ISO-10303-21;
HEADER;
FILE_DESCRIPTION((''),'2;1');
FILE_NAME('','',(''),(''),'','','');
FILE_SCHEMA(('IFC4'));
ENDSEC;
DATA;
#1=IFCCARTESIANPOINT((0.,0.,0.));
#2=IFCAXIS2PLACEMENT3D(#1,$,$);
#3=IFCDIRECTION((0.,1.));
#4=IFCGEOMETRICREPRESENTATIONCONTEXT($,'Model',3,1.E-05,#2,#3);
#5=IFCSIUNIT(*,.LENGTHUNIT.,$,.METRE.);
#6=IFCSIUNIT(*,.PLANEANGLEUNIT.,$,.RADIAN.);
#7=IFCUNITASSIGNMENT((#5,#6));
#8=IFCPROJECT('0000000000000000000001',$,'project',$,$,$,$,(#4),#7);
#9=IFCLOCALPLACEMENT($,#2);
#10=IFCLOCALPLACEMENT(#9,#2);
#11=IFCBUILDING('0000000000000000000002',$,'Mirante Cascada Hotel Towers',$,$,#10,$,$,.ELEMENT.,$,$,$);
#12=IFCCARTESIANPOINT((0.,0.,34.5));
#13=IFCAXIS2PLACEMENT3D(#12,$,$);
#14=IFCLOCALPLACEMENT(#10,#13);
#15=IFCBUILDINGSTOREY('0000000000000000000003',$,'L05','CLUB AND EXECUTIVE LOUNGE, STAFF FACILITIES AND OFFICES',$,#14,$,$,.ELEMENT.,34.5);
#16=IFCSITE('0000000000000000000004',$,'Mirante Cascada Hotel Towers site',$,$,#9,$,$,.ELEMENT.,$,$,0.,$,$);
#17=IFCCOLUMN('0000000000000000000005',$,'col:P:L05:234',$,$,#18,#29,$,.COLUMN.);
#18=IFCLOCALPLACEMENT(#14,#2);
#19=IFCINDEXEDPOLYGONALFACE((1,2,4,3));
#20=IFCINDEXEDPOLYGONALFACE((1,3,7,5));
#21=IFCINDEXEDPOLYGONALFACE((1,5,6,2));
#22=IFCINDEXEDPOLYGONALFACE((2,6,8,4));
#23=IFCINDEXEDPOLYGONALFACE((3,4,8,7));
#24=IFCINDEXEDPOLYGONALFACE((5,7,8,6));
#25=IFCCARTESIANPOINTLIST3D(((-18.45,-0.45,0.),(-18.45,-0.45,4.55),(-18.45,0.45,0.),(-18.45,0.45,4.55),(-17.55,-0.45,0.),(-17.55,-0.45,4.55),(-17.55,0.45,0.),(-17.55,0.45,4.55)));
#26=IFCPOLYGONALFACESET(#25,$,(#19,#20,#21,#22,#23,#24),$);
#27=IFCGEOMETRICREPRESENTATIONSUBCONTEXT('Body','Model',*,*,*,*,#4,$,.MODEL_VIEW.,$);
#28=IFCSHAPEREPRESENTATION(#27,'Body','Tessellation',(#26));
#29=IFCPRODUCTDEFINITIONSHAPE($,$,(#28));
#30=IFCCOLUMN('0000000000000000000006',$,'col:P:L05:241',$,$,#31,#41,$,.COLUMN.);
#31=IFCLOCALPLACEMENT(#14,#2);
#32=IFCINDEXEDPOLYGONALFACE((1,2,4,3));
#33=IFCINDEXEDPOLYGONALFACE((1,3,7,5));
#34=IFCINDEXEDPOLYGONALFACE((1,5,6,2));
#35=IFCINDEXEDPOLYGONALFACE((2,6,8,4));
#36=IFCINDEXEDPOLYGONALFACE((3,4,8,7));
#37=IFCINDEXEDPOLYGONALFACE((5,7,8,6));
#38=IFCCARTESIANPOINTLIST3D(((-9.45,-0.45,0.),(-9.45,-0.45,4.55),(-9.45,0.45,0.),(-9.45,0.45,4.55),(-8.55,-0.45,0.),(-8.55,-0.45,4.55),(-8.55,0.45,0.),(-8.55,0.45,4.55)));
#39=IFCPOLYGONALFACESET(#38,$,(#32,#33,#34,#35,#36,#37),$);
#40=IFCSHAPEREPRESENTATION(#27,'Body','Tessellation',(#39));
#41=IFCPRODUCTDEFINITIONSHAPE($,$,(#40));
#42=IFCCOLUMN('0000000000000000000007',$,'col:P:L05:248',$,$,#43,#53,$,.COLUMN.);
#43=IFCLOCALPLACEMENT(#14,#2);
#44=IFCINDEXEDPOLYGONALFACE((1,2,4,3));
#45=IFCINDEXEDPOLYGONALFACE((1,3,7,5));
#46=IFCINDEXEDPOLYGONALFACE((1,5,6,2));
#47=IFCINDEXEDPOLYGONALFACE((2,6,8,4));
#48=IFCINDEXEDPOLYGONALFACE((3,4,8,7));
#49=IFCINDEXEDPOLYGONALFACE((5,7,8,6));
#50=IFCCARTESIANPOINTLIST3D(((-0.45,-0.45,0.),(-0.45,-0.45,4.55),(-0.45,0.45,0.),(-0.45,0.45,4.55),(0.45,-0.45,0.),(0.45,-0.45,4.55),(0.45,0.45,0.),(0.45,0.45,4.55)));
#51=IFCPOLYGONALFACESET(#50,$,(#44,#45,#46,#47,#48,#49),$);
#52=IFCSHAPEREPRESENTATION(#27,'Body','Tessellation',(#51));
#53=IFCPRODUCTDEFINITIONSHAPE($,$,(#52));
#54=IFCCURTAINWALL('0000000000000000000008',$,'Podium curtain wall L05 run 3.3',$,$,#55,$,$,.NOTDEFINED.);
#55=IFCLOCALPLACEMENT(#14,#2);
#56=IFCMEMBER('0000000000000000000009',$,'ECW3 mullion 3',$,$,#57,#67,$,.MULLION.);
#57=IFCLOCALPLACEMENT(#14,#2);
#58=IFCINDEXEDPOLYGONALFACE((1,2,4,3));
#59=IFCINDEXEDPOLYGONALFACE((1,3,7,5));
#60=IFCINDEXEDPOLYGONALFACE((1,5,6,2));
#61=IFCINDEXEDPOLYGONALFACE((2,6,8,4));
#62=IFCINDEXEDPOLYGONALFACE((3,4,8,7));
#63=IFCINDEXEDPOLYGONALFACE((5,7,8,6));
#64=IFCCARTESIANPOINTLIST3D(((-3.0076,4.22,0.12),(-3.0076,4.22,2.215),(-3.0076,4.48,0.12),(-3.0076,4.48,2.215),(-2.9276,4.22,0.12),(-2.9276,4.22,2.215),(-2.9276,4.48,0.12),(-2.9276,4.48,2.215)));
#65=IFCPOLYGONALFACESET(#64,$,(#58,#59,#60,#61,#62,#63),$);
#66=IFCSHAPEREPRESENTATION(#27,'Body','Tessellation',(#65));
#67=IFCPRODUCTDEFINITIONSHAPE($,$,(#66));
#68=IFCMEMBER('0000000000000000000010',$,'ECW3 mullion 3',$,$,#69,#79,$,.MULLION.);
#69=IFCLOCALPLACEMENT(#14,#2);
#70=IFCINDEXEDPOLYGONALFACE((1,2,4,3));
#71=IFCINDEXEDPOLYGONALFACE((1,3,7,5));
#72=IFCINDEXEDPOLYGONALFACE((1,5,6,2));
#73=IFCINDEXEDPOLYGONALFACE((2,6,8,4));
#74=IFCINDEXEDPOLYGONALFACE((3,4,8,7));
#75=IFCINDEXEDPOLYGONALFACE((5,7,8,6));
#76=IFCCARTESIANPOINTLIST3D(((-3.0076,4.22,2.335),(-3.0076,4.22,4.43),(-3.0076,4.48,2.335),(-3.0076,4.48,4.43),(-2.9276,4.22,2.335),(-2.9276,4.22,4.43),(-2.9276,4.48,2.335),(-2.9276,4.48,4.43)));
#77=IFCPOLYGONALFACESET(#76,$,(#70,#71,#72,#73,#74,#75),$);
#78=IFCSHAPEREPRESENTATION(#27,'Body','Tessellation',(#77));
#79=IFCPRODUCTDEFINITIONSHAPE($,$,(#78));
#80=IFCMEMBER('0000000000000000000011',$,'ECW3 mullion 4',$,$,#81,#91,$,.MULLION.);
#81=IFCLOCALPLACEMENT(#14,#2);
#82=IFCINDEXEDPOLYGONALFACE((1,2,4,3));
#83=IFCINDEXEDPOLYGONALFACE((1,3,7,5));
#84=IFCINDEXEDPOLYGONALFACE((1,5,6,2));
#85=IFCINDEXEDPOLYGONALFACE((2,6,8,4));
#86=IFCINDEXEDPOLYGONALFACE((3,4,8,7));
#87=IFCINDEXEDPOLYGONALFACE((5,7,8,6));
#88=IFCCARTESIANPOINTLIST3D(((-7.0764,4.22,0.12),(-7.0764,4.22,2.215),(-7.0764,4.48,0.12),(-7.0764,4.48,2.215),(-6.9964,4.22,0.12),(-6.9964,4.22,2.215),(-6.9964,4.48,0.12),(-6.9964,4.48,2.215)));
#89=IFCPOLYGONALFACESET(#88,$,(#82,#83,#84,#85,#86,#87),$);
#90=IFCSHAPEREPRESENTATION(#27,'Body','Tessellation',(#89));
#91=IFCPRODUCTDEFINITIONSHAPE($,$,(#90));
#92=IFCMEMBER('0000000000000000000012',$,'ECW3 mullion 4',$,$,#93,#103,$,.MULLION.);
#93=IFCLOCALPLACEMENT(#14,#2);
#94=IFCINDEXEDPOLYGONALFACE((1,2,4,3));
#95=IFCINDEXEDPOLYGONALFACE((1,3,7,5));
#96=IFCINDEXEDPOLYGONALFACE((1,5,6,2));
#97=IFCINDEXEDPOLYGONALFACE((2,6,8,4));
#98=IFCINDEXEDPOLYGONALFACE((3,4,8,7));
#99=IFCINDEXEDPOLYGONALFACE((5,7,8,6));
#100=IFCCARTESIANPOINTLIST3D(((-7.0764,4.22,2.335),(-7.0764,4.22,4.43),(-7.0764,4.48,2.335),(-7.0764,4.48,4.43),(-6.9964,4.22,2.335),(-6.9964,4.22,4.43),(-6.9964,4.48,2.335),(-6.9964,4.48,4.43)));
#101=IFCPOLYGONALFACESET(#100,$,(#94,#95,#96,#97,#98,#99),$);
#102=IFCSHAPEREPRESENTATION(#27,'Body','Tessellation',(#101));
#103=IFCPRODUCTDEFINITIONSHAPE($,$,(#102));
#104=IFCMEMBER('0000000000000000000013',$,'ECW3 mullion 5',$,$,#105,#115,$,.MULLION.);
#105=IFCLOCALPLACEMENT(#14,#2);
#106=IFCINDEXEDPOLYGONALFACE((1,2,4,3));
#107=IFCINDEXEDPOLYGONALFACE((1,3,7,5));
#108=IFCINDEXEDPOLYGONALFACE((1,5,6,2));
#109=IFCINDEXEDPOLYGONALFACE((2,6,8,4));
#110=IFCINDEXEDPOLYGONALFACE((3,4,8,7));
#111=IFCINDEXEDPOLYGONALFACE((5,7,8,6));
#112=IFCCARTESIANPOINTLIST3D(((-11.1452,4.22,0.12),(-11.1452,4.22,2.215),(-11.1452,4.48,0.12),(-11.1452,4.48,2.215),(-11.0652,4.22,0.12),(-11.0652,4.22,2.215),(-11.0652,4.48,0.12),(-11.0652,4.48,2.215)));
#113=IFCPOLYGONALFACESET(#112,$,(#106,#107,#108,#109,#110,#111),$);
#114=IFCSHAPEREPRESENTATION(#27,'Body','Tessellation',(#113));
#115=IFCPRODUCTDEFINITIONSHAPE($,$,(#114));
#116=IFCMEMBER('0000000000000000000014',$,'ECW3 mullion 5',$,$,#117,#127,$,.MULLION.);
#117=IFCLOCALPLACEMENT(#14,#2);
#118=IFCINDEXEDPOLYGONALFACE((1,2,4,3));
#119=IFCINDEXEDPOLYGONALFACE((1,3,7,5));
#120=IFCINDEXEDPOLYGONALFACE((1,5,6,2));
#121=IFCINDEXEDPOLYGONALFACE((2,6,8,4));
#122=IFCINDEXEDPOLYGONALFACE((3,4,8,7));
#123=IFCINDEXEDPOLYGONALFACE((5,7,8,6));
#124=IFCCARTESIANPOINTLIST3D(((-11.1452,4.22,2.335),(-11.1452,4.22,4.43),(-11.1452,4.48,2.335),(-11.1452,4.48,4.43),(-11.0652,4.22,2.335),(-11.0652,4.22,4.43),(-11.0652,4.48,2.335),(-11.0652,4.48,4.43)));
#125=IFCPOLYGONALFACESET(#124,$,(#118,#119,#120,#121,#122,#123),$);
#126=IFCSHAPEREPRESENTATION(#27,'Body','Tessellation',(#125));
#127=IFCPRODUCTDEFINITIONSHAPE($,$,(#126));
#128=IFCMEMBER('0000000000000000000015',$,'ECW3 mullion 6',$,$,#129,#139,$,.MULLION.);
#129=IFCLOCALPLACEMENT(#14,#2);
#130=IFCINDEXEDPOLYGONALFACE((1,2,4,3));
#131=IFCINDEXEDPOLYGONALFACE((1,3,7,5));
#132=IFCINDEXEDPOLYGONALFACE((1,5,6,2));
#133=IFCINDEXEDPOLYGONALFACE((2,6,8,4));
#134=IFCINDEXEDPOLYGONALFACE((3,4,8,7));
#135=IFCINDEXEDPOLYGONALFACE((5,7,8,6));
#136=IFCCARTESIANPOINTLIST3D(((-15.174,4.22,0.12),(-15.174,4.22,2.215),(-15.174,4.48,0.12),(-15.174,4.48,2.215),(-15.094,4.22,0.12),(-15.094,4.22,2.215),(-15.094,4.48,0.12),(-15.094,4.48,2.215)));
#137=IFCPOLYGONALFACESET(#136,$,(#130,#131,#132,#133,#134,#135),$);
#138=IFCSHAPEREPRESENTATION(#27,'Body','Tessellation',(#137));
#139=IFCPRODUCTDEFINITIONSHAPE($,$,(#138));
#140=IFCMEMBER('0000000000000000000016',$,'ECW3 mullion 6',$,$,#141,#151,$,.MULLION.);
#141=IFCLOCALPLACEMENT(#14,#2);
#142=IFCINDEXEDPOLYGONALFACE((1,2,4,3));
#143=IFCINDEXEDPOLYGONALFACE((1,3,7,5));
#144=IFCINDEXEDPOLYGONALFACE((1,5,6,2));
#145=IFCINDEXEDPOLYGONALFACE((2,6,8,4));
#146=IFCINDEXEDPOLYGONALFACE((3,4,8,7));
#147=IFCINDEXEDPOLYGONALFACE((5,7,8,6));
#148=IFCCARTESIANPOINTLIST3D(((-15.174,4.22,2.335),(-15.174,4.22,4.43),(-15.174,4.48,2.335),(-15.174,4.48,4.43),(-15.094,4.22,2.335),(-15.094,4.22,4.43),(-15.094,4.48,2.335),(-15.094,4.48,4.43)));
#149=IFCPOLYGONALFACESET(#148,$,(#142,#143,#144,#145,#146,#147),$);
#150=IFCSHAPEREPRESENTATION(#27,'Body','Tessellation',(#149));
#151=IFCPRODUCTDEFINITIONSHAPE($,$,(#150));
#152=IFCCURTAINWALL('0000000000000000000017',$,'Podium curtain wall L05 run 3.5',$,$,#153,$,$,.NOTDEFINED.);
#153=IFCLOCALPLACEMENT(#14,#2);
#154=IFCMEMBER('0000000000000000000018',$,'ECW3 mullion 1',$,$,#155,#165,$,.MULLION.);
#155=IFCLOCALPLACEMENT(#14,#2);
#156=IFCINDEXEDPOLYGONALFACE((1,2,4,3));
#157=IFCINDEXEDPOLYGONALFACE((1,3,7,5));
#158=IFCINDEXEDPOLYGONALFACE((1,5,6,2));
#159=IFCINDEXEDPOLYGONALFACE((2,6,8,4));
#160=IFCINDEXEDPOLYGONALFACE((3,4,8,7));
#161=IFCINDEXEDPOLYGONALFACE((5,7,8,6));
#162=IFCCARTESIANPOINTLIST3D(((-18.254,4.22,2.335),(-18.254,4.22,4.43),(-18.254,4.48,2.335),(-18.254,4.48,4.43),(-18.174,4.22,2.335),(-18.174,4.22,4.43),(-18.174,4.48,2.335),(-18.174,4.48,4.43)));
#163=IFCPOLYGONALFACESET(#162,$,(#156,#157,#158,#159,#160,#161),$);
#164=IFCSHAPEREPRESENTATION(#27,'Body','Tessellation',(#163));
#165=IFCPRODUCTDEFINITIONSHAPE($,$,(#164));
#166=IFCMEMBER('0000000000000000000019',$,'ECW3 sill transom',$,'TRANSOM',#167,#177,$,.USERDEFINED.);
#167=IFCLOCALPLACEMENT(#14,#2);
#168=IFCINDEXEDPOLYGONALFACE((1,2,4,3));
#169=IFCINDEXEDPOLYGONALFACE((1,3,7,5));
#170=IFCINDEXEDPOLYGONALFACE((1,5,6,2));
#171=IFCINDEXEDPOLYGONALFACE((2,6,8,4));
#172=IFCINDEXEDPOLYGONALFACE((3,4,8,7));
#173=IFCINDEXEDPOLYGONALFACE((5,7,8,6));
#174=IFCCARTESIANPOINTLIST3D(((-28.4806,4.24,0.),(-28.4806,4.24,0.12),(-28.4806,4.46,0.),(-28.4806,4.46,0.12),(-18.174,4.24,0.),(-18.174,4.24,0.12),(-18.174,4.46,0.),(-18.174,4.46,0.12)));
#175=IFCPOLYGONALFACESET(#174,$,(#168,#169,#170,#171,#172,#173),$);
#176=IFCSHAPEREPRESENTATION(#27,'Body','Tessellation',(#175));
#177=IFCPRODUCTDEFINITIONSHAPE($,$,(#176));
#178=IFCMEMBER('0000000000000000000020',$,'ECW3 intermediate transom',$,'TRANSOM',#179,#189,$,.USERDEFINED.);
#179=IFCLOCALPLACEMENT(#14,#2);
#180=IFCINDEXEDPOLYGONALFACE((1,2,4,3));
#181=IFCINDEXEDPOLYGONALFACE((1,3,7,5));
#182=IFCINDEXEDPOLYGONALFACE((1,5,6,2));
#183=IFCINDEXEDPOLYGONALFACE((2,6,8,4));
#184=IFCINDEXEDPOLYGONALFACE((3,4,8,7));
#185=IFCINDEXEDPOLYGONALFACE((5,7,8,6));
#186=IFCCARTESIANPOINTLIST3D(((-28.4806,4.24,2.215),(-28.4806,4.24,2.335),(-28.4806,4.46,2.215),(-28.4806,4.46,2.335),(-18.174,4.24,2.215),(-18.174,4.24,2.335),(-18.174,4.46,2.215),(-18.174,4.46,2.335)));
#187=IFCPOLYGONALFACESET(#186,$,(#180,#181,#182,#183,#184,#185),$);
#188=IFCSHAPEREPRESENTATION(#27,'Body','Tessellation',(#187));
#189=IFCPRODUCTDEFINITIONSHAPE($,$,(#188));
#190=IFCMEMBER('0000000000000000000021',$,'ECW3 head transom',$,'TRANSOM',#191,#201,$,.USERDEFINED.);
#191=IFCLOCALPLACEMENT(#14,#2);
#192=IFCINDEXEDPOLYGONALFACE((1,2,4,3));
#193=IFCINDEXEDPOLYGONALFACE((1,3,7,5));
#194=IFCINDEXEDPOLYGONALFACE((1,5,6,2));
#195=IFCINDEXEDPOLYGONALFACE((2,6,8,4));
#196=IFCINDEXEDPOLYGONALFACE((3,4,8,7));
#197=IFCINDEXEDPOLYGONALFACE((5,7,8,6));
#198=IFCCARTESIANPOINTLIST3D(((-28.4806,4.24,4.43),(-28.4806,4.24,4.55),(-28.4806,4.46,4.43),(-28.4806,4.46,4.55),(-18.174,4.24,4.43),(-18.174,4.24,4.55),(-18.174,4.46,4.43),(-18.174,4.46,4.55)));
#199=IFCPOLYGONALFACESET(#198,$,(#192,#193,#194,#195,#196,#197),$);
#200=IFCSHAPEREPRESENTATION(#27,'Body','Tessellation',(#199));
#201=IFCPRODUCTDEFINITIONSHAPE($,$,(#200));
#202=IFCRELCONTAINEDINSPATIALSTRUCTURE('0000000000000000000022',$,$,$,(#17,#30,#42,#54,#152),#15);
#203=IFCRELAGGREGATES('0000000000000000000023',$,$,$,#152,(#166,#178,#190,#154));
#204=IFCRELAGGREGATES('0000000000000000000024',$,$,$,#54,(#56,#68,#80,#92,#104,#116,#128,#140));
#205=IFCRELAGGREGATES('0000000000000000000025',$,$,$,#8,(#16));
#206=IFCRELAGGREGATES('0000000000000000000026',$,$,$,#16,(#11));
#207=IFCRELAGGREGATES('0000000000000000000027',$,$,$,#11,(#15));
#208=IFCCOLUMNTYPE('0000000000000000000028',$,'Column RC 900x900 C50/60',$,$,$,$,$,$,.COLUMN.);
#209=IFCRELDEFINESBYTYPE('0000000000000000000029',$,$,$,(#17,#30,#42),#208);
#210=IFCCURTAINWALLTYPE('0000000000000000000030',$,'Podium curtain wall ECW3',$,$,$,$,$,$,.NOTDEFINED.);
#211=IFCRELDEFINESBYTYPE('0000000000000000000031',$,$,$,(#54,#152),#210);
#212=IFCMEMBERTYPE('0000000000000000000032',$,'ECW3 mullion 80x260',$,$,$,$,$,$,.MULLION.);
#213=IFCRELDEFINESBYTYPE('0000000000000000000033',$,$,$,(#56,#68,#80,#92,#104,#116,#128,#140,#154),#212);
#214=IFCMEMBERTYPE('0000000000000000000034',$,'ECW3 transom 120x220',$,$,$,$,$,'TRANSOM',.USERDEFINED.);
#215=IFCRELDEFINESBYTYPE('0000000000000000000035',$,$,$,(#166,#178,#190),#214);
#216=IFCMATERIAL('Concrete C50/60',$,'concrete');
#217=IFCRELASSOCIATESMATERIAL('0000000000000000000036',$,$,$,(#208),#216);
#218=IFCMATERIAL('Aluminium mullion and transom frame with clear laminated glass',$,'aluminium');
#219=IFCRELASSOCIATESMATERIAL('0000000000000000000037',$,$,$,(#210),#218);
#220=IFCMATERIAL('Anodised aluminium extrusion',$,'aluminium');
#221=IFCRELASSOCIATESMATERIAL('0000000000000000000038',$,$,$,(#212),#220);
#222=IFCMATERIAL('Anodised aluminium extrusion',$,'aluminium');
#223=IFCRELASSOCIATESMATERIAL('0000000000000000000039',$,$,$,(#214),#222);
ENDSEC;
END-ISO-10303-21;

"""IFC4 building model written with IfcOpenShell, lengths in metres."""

from ifc_helpers import new_model, si_unit, direction, frame, origin, origin_2d, place, context, subcontext, project, spatial, rectangle, extrude, material, material_profile, profile_set, type_object, element, aggregate, save


model = new_model("IFC4")

# Units and contexts
model_context = context("Model", 3, precision=1e-05, world=origin(), true_north=direction((0.0, 1.0)))
body_context = subcontext(model_context, "Body", "Model", "MODEL_VIEW")
ifc_project = project(units=[si_unit("LENGTHUNIT", "METRE"), si_unit("PLANEANGLEUNIT", "RADIAN")], contexts=[model_context])

# Site, building, storey
site_placement = place(None, origin())
site = spatial("IfcSite", under=ifc_project, at=site_placement, Name="Mirante Cascada Hotel Towers site", CompositionType="ELEMENT", RefElevation=0.0)
building_placement = place(site_placement, origin())
building = spatial("IfcBuilding", under=site, at=building_placement, Name="Mirante Cascada Hotel Towers", CompositionType="ELEMENT")
storey_placement = place(building_placement, frame((0.0, 0.0, 34.5)))
storey = spatial("IfcBuildingStorey", under=building, at=storey_placement, Name="L05", Description="CLUB AND EXECUTIVE LOUNGE, STAFF FACILITIES AND OFFICES", CompositionType="ELEMENT", Elevation=34.5)

# Columns
ifc_material_1 = material(Name="Concrete C50/60", Category="concrete")
ifc_material_profile_1 = material_profile(ifc_material_1, rectangle(XDim=0.9, YDim=0.9, at=origin_2d()), Name="RC 900x900")
ifc_profile_set_1 = profile_set([ifc_material_profile_1], Name="Concrete C50/60")
column_type = type_object("IfcColumnType", Name="Column RC 900x900 C50/60", PredefinedType="COLUMN", material=ifc_profile_set_1)
for number, where, z_axis, x_axis, name in (
    (1, (-18.0, 0.0, 0.0), (0.0, 0.0, 1.0), (1.0, 0.0, 0.0), "col:P:L05:234"),
    (2, (-9.0, 0.0, 0.0), (0.0, 0.0, 1.0), (1.0, 0.0, 0.0), "col:P:L05:241"),
    (3, (0.0, 0.0, 0.0), (0.0, 0.0, 1.0), (1.0, 0.0, 0.0), "col:P:L05:248"),
):
    element("IfcColumn", number, at=place(storey_placement, frame(where, z_axis=z_axis, x_axis=x_axis)), inside=storey, type_object=column_type, Name=name, PredefinedType="COLUMN", context=body_context, shape_type="SweptSolid", body=[
        extrude(rectangle(XDim=0.9, YDim=0.9, at=origin_2d()), origin(), (0.0, 0.0, 1.0), 4.55),
    ])

# Curtain walls, members
ifc_material_2 = material(Name="Aluminium mullion and transom frame with clear laminated glass", Category="aluminium")
curtain_wall_type = type_object("IfcCurtainWallType", Name="Podium curtain wall ECW3", PredefinedType="NOTDEFINED", material=ifc_material_2)
curtain_wall_1_placement = place(storey_placement, origin())
curtain_wall_1 = element("IfcCurtainWall", 4, at=curtain_wall_1_placement, inside=storey, type_object=curtain_wall_type, Name="Podium curtain wall L05 run 3.3", PredefinedType="NOTDEFINED")
ifc_material_3 = material(Name="Anodised aluminium extrusion", Category="aluminium")
ifc_material_profile_2 = material_profile(ifc_material_3, rectangle(XDim=0.26, YDim=0.08, at=origin_2d()), Name="ECW3 MULLION 80x260")
ifc_profile_set_2 = profile_set([ifc_material_profile_2], Name="Anodised aluminium extrusion")
member_type_1 = type_object("IfcMemberType", Name="ECW3 mullion 80x260", PredefinedType="MULLION", material=ifc_profile_set_2)
member_1_placement = place(storey_placement, frame((-2.9676, 4.35, 0.12), z_axis=(0.0, 0.0, 1.0), x_axis=(0.0, -1.0, 0.0)))
member_1 = element("IfcMember", 5, at=member_1_placement, type_object=member_type_1, Name="ECW3 mullion 3", PredefinedType="MULLION", context=body_context, shape_type="SweptSolid", body=[
    extrude(rectangle(XDim=0.26, YDim=0.08, at=origin_2d()), origin(), (0.0, 0.0, 1.0), 2.095),
])
member_2_placement = place(storey_placement, frame((-2.9676, 4.35, 2.335), z_axis=(0.0, 0.0, 1.0), x_axis=(0.0, -1.0, 0.0)))
member_2 = element("IfcMember", 6, at=member_2_placement, type_object=member_type_1, Name="ECW3 mullion 3", PredefinedType="MULLION", context=body_context, shape_type="SweptSolid", body=[
    extrude(rectangle(XDim=0.26, YDim=0.08, at=origin_2d()), origin(), (0.0, 0.0, 1.0), 2.095),
])
member_3_placement = place(storey_placement, frame((-7.0364, 4.35, 0.12), z_axis=(0.0, 0.0, 1.0), x_axis=(0.0, -1.0, 0.0)))
member_3 = element("IfcMember", 7, at=member_3_placement, type_object=member_type_1, Name="ECW3 mullion 4", PredefinedType="MULLION", context=body_context, shape_type="SweptSolid", body=[
    extrude(rectangle(XDim=0.26, YDim=0.08, at=origin_2d()), origin(), (0.0, 0.0, 1.0), 2.095),
])
member_4_placement = place(storey_placement, frame((-7.0364, 4.35, 2.335), z_axis=(0.0, 0.0, 1.0), x_axis=(0.0, -1.0, 0.0)))
member_4 = element("IfcMember", 8, at=member_4_placement, type_object=member_type_1, Name="ECW3 mullion 4", PredefinedType="MULLION", context=body_context, shape_type="SweptSolid", body=[
    extrude(rectangle(XDim=0.26, YDim=0.08, at=origin_2d()), origin(), (0.0, 0.0, 1.0), 2.095),
])
member_5_placement = place(storey_placement, frame((-11.1052, 4.35, 0.12), z_axis=(0.0, 0.0, 1.0), x_axis=(0.0, -1.0, 0.0)))
member_5 = element("IfcMember", 9, at=member_5_placement, type_object=member_type_1, Name="ECW3 mullion 5", PredefinedType="MULLION", context=body_context, shape_type="SweptSolid", body=[
    extrude(rectangle(XDim=0.26, YDim=0.08, at=origin_2d()), origin(), (0.0, 0.0, 1.0), 2.095),
])
member_6_placement = place(storey_placement, frame((-11.1052, 4.35, 2.335), z_axis=(0.0, 0.0, 1.0), x_axis=(0.0, -1.0, 0.0)))
member_6 = element("IfcMember", 10, at=member_6_placement, type_object=member_type_1, Name="ECW3 mullion 5", PredefinedType="MULLION", context=body_context, shape_type="SweptSolid", body=[
    extrude(rectangle(XDim=0.26, YDim=0.08, at=origin_2d()), origin(), (0.0, 0.0, 1.0), 2.095),
])
member_7_placement = place(storey_placement, frame((-15.134, 4.35, 0.12), z_axis=(0.0, 0.0, 1.0), x_axis=(0.0, -1.0, 0.0)))
member_7 = element("IfcMember", 11, at=member_7_placement, type_object=member_type_1, Name="ECW3 mullion 6", PredefinedType="MULLION", context=body_context, shape_type="SweptSolid", body=[
    extrude(rectangle(XDim=0.26, YDim=0.08, at=origin_2d()), origin(), (0.0, 0.0, 1.0), 2.095),
])
member_8_placement = place(storey_placement, frame((-15.134, 4.35, 2.335), z_axis=(0.0, 0.0, 1.0), x_axis=(0.0, -1.0, 0.0)))
member_8 = element("IfcMember", 12, at=member_8_placement, type_object=member_type_1, Name="ECW3 mullion 6", PredefinedType="MULLION", context=body_context, shape_type="SweptSolid", body=[
    extrude(rectangle(XDim=0.26, YDim=0.08, at=origin_2d()), origin(), (0.0, 0.0, 1.0), 2.095),
])
curtain_wall_2_placement = place(storey_placement, origin())
curtain_wall_2 = element("IfcCurtainWall", 13, at=curtain_wall_2_placement, inside=storey, type_object=curtain_wall_type, Name="Podium curtain wall L05 run 3.5", PredefinedType="NOTDEFINED")
member_9_placement = place(storey_placement, frame((-18.214, 4.35, 2.335), z_axis=(0.0, 0.0, 1.0), x_axis=(0.0, -1.0, 0.0)))
member_9 = element("IfcMember", 14, at=member_9_placement, type_object=member_type_1, Name="ECW3 mullion 1", PredefinedType="MULLION", context=body_context, shape_type="SweptSolid", body=[
    extrude(rectangle(XDim=0.26, YDim=0.08, at=origin_2d()), origin(), (0.0, 0.0, 1.0), 2.095),
])
ifc_material_4 = material(Name="Anodised aluminium extrusion", Category="aluminium")
ifc_material_profile_3 = material_profile(ifc_material_4, rectangle(XDim=0.22, YDim=0.12, at=origin_2d()), Name="ECW3 TRANSOM 120x220")
ifc_profile_set_3 = profile_set([ifc_material_profile_3], Name="Anodised aluminium extrusion")
member_type_2 = type_object("IfcMemberType", Name="ECW3 transom 120x220", ElementType="TRANSOM", PredefinedType="USERDEFINED", material=ifc_profile_set_3)
member_10_placement = place(storey_placement, frame((-18.174, 4.35, 0.06), z_axis=(-1.0, 0.0, 0.0), x_axis=(0.0, -1.0, 0.0)))
member_10 = element("IfcMember", 15, at=member_10_placement, type_object=member_type_2, Name="ECW3 sill transom", ObjectType="TRANSOM", PredefinedType="USERDEFINED", context=body_context, shape_type="SweptSolid", body=[
    extrude(rectangle(XDim=0.22, YDim=0.12, at=origin_2d()), origin(), (0.0, 0.0, 1.0), 10.3066),
])
member_11_placement = place(storey_placement, frame((-18.174, 4.35, 2.275), z_axis=(-1.0, 0.0, 0.0), x_axis=(0.0, -1.0, 0.0)))
member_11 = element("IfcMember", 16, at=member_11_placement, type_object=member_type_2, Name="ECW3 intermediate transom", ObjectType="TRANSOM", PredefinedType="USERDEFINED", context=body_context, shape_type="SweptSolid", body=[
    extrude(rectangle(XDim=0.22, YDim=0.12, at=origin_2d()), origin(), (0.0, 0.0, 1.0), 10.3066),
])
member_12_placement = place(storey_placement, frame((-18.174, 4.35, 4.49), z_axis=(-1.0, 0.0, 0.0), x_axis=(0.0, -1.0, 0.0)))
member_12 = element("IfcMember", 17, at=member_12_placement, type_object=member_type_2, Name="ECW3 head transom", ObjectType="TRANSOM", PredefinedType="USERDEFINED", context=body_context, shape_type="SweptSolid", body=[
    extrude(rectangle(XDim=0.22, YDim=0.12, at=origin_2d()), origin(), (0.0, 0.0, 1.0), 10.3066),
])
aggregate(curtain_wall_2, [member_10, member_11, member_12, member_9])

aggregate(curtain_wall_1, [member_1, member_2, member_3, member_4, member_5, member_6, member_7, member_8])

save(model, "model.ifc")
